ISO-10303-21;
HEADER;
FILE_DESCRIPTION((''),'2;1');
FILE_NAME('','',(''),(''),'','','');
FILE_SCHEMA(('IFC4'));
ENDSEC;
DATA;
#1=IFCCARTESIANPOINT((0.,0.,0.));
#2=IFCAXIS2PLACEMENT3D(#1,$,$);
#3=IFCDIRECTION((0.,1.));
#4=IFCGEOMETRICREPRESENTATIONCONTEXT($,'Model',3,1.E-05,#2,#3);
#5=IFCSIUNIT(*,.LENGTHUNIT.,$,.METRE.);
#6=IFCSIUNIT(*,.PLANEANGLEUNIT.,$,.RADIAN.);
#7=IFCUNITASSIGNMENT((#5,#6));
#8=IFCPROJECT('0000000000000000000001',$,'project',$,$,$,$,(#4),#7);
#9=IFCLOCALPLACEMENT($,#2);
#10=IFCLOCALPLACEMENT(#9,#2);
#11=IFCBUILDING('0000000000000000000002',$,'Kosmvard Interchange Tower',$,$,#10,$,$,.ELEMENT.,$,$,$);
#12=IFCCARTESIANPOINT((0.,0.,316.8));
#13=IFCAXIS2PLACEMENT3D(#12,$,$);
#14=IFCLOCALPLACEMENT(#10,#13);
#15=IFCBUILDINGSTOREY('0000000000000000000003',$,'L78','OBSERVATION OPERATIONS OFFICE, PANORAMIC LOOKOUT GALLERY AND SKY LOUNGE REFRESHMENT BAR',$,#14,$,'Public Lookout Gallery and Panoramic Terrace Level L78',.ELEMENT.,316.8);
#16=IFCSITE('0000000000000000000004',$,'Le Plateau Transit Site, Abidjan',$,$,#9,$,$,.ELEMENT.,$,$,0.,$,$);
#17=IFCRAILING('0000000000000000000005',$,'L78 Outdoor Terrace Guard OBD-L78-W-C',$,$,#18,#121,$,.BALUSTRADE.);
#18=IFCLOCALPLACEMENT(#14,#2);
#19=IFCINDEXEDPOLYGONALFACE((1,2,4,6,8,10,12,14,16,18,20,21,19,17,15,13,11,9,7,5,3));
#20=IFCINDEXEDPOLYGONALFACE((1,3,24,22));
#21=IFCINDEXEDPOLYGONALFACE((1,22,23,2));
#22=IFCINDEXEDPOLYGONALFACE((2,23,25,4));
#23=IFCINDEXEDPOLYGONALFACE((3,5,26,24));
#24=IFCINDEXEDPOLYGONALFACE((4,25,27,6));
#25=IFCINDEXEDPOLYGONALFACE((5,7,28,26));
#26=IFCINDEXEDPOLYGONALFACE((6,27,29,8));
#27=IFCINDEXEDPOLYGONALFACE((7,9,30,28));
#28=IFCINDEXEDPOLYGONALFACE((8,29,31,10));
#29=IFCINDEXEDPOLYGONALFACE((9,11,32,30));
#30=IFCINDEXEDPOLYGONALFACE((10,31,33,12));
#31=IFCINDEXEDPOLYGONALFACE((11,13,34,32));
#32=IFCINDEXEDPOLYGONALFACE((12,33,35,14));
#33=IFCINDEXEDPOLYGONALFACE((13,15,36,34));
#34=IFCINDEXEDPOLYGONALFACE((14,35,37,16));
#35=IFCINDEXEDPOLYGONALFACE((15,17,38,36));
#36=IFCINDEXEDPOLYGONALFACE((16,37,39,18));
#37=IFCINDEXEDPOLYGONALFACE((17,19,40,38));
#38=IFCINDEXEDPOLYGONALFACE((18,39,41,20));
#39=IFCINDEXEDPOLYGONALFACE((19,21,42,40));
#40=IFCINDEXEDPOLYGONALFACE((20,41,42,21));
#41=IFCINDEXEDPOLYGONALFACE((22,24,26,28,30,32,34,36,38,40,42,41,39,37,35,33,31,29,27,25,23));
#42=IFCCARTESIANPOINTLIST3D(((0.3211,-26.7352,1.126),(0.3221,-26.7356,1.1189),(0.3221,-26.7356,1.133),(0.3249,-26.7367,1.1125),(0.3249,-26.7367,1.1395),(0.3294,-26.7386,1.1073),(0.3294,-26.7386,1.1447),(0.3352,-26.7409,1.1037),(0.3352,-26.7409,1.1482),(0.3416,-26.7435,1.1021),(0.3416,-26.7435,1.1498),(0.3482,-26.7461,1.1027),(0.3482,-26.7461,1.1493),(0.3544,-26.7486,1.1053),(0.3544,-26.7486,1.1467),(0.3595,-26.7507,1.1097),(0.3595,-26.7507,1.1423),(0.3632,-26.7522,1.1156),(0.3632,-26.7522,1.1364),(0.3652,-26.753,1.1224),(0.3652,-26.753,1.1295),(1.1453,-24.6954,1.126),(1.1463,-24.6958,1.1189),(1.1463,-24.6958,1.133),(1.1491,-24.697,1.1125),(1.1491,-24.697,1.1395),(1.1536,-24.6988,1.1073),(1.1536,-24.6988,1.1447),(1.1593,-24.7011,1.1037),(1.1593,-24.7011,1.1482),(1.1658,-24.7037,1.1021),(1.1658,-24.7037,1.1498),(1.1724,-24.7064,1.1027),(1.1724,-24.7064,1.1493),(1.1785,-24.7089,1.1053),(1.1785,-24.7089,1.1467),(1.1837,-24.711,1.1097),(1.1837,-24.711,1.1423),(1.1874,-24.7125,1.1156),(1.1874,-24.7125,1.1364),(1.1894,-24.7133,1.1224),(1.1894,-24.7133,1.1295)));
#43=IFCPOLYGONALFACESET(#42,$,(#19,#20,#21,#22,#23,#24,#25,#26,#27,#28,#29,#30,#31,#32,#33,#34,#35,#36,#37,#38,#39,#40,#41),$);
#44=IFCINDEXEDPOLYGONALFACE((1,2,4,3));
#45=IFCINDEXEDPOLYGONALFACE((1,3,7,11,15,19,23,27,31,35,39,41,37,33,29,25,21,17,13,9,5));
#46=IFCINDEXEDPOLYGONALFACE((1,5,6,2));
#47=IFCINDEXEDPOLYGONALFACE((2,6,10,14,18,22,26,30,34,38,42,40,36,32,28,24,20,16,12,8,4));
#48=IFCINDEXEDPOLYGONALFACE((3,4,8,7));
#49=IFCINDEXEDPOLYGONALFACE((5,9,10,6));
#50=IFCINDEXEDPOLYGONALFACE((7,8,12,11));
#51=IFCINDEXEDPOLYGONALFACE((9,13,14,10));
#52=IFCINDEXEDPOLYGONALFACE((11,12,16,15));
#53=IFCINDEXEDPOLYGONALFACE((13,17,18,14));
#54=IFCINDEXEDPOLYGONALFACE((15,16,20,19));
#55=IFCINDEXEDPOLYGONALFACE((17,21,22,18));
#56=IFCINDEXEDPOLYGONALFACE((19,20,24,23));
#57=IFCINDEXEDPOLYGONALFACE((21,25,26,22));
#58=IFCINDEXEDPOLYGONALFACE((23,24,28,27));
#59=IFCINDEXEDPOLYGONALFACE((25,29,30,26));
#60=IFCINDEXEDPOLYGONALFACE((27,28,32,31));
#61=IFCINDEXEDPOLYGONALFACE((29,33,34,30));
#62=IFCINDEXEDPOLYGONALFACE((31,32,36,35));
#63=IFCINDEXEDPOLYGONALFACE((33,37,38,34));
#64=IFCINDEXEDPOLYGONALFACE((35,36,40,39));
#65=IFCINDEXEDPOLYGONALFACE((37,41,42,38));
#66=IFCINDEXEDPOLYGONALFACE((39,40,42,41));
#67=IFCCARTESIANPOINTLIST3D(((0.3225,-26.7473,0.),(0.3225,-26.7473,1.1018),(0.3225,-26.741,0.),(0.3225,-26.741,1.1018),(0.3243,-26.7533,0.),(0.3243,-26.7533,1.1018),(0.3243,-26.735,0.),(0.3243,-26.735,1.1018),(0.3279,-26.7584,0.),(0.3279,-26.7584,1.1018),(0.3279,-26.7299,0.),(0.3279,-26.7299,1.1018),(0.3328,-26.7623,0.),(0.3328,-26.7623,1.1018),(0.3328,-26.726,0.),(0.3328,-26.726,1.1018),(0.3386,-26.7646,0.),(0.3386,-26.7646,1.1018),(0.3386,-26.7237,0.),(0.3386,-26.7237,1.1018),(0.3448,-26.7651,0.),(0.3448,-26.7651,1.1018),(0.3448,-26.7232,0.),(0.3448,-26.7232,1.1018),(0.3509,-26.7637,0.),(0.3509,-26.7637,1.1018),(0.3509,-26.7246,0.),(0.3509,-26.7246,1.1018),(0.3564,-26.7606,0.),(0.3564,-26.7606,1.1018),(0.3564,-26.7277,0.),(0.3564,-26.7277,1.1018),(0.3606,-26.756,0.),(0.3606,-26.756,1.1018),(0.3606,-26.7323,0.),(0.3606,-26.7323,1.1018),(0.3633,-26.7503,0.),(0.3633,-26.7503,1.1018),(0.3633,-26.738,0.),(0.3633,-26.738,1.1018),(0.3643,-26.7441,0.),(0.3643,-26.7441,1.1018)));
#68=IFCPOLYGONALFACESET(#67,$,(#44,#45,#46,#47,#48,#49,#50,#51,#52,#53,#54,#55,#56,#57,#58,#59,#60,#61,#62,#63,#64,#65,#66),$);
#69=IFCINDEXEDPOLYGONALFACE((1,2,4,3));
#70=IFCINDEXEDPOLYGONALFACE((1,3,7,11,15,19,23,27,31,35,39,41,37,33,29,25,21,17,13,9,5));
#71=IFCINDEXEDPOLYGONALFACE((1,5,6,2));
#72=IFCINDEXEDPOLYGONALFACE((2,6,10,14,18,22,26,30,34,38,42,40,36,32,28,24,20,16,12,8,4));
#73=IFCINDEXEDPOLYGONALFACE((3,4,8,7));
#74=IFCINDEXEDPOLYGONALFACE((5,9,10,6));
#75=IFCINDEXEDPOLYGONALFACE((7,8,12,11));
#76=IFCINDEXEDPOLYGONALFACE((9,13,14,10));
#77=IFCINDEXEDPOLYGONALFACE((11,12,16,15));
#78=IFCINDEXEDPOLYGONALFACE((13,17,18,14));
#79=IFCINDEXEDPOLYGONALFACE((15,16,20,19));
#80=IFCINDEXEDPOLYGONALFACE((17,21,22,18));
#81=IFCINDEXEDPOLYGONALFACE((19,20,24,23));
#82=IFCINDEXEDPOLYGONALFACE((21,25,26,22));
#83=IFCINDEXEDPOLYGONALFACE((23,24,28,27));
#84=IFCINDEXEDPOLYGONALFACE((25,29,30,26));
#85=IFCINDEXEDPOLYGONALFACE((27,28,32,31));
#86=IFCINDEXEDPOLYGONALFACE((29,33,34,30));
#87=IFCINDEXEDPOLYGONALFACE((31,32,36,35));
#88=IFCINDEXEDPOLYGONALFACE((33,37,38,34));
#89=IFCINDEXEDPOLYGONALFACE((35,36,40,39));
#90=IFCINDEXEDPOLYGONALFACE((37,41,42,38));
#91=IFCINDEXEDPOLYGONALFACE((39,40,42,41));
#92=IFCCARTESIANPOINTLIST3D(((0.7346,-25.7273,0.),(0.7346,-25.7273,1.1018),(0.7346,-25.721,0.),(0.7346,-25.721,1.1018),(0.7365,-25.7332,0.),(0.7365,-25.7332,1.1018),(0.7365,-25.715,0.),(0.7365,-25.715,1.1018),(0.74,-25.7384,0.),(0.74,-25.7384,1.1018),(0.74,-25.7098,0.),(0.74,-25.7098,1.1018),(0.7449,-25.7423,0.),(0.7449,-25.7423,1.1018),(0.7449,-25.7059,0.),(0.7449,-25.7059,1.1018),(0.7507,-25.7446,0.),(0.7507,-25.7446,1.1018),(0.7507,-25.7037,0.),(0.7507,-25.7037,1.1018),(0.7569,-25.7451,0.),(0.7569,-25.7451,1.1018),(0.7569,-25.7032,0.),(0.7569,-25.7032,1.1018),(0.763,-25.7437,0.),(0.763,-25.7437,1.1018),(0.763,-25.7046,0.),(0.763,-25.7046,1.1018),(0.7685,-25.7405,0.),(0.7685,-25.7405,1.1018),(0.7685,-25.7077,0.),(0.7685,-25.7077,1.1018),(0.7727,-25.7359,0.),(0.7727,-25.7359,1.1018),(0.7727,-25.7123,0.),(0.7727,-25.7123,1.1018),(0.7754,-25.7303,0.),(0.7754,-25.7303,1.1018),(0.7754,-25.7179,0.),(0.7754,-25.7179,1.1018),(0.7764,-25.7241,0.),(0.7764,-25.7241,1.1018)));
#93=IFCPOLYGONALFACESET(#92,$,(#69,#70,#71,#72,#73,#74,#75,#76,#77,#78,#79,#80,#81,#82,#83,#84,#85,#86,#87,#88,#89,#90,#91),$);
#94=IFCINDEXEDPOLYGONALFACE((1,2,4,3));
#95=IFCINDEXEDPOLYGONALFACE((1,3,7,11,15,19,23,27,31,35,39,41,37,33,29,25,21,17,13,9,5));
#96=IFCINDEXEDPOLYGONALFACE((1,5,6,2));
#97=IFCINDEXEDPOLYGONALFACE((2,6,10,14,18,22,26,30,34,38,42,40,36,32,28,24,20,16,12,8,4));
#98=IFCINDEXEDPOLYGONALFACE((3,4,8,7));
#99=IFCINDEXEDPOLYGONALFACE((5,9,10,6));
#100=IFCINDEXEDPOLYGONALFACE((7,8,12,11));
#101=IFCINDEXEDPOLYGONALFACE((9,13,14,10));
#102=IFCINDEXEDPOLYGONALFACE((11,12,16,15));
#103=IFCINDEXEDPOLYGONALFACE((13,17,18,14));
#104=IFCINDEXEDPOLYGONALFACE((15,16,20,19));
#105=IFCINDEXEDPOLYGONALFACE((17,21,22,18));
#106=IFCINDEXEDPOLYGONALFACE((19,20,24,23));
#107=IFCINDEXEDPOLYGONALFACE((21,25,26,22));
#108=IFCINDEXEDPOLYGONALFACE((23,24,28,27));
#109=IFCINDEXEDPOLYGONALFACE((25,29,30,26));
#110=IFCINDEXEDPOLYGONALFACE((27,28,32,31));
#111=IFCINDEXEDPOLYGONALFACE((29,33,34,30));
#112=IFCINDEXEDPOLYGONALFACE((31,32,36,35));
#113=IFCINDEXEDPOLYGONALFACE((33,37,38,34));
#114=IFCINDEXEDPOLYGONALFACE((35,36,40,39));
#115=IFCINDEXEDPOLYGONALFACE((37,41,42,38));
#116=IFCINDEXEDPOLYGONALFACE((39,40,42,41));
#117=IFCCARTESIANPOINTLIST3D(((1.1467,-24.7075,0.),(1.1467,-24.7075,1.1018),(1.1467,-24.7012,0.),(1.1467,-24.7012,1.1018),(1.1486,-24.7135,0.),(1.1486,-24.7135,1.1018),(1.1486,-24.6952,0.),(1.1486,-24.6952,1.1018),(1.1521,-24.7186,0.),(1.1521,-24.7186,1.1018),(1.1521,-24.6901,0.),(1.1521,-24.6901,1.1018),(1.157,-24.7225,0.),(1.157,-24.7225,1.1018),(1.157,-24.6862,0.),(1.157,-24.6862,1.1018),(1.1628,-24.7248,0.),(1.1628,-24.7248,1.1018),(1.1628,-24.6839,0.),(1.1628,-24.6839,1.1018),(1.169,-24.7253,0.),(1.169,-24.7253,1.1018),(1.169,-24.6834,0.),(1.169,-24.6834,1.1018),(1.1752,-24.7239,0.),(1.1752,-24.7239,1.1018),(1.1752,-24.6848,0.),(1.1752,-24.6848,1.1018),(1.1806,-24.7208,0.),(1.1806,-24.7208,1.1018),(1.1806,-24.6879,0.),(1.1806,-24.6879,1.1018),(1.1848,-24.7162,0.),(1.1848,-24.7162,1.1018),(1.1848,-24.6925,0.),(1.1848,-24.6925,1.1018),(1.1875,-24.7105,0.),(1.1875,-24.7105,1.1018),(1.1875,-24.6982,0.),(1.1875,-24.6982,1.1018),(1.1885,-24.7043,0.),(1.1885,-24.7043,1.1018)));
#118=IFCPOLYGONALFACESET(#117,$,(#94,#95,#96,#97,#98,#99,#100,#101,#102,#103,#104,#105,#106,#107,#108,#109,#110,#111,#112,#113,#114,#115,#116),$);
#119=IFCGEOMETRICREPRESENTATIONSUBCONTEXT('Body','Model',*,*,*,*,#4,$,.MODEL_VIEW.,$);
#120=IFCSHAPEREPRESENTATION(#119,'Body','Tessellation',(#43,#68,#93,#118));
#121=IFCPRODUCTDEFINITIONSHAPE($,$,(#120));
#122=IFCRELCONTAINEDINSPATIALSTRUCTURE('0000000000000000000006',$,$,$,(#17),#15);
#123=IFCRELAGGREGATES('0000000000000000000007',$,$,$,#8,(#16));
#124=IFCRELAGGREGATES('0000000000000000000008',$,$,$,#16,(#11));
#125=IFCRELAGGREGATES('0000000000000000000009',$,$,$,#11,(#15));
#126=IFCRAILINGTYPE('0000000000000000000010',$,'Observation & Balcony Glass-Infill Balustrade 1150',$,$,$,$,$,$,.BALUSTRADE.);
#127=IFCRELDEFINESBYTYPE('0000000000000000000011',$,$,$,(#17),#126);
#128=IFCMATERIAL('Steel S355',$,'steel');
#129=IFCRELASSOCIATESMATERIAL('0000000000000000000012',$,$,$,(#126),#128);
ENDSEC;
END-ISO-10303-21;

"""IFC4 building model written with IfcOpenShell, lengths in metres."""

from ifc_helpers import new_model, si_unit, direction, frame, origin, origin_2d, place, context, subcontext, project, spatial, circle, extrude, source, transform, mapped, material, type_object, element, save


model = new_model("IFC4")

# Units and contexts
model_context = context("Model", 3, precision=1e-05, world=origin(), true_north=direction((0.0, 1.0)))
body_context = subcontext(model_context, "Body", "Model", "MODEL_VIEW")
ifc_project = project(units=[si_unit("LENGTHUNIT", "METRE"), si_unit("PLANEANGLEUNIT", "RADIAN")], contexts=[model_context])

# Site, building, storey
site_placement = place(None, origin())
site = spatial("IfcSite", under=ifc_project, at=site_placement, Name="Le Plateau Transit Site, Abidjan", CompositionType="ELEMENT", RefElevation=0.0)
building_placement = place(site_placement, origin())
building = spatial("IfcBuilding", under=site, at=building_placement, Name="Kosmvard Interchange Tower", CompositionType="ELEMENT")
storey_placement = place(building_placement, frame((0.0, 0.0, 316.8)))
storey = spatial("IfcBuildingStorey", under=building, at=storey_placement, Name="L78", Description="OBSERVATION OPERATIONS OFFICE, PANORAMIC LOOKOUT GALLERY AND SKY LOUNGE REFRESHMENT BAR", LongName="Public Lookout Gallery and Panoramic Terrace Level L78", CompositionType="ELEMENT", Elevation=316.8)

# Shared definitions
ifc_material_1 = material(Name="Steel S355", Category="steel")

# Railing
railing_type = type_object("IfcRailingType", Name="Observation & Balcony Glass-Infill Balustrade 1150", PredefinedType="BALUSTRADE", material=ifc_material_1)
shared_shape_1 = source(origin(), body_context, "Body", "SweptSolid", [
    extrude(circle(Radius=0.0239, at=origin_2d()), frame((0.0, 0.0, 1.126), z_axis=(0.374641, 0.92717, 0.0), x_axis=(-0.92717, 0.374641, 0.0)), (0.0, 0.0, 1.0), 2.2),
    extrude(circle(Radius=0.021, at=origin_2d()), origin(), (0.0, 0.0, 1.0), 1.1018),
    extrude(circle(Radius=0.021, at=origin_2d()), frame((0.4121, 1.02, 0.0)), (0.0, 0.0, 1.0), 1.1018),
    extrude(circle(Radius=0.021, at=origin_2d()), frame((0.8242, 2.0398, 0.0)), (0.0, 0.0, 1.0), 1.1018),
])
railing_1_placement = place(storey_placement, frame((0.3433, -26.7441, 0.0)))
element("IfcRailing", 1, at=railing_1_placement, inside=storey, type_object=railing_type, Name="L78 Outdoor Terrace Guard OBD-L78-W-C", PredefinedType="BALUSTRADE", context=body_context, shape_type="MappedRepresentation", body=[
    mapped(shared_shape_1, transform((0.0, 0.0, 0.0), scale=1.0)),
])

save(model, "model.ifc")
